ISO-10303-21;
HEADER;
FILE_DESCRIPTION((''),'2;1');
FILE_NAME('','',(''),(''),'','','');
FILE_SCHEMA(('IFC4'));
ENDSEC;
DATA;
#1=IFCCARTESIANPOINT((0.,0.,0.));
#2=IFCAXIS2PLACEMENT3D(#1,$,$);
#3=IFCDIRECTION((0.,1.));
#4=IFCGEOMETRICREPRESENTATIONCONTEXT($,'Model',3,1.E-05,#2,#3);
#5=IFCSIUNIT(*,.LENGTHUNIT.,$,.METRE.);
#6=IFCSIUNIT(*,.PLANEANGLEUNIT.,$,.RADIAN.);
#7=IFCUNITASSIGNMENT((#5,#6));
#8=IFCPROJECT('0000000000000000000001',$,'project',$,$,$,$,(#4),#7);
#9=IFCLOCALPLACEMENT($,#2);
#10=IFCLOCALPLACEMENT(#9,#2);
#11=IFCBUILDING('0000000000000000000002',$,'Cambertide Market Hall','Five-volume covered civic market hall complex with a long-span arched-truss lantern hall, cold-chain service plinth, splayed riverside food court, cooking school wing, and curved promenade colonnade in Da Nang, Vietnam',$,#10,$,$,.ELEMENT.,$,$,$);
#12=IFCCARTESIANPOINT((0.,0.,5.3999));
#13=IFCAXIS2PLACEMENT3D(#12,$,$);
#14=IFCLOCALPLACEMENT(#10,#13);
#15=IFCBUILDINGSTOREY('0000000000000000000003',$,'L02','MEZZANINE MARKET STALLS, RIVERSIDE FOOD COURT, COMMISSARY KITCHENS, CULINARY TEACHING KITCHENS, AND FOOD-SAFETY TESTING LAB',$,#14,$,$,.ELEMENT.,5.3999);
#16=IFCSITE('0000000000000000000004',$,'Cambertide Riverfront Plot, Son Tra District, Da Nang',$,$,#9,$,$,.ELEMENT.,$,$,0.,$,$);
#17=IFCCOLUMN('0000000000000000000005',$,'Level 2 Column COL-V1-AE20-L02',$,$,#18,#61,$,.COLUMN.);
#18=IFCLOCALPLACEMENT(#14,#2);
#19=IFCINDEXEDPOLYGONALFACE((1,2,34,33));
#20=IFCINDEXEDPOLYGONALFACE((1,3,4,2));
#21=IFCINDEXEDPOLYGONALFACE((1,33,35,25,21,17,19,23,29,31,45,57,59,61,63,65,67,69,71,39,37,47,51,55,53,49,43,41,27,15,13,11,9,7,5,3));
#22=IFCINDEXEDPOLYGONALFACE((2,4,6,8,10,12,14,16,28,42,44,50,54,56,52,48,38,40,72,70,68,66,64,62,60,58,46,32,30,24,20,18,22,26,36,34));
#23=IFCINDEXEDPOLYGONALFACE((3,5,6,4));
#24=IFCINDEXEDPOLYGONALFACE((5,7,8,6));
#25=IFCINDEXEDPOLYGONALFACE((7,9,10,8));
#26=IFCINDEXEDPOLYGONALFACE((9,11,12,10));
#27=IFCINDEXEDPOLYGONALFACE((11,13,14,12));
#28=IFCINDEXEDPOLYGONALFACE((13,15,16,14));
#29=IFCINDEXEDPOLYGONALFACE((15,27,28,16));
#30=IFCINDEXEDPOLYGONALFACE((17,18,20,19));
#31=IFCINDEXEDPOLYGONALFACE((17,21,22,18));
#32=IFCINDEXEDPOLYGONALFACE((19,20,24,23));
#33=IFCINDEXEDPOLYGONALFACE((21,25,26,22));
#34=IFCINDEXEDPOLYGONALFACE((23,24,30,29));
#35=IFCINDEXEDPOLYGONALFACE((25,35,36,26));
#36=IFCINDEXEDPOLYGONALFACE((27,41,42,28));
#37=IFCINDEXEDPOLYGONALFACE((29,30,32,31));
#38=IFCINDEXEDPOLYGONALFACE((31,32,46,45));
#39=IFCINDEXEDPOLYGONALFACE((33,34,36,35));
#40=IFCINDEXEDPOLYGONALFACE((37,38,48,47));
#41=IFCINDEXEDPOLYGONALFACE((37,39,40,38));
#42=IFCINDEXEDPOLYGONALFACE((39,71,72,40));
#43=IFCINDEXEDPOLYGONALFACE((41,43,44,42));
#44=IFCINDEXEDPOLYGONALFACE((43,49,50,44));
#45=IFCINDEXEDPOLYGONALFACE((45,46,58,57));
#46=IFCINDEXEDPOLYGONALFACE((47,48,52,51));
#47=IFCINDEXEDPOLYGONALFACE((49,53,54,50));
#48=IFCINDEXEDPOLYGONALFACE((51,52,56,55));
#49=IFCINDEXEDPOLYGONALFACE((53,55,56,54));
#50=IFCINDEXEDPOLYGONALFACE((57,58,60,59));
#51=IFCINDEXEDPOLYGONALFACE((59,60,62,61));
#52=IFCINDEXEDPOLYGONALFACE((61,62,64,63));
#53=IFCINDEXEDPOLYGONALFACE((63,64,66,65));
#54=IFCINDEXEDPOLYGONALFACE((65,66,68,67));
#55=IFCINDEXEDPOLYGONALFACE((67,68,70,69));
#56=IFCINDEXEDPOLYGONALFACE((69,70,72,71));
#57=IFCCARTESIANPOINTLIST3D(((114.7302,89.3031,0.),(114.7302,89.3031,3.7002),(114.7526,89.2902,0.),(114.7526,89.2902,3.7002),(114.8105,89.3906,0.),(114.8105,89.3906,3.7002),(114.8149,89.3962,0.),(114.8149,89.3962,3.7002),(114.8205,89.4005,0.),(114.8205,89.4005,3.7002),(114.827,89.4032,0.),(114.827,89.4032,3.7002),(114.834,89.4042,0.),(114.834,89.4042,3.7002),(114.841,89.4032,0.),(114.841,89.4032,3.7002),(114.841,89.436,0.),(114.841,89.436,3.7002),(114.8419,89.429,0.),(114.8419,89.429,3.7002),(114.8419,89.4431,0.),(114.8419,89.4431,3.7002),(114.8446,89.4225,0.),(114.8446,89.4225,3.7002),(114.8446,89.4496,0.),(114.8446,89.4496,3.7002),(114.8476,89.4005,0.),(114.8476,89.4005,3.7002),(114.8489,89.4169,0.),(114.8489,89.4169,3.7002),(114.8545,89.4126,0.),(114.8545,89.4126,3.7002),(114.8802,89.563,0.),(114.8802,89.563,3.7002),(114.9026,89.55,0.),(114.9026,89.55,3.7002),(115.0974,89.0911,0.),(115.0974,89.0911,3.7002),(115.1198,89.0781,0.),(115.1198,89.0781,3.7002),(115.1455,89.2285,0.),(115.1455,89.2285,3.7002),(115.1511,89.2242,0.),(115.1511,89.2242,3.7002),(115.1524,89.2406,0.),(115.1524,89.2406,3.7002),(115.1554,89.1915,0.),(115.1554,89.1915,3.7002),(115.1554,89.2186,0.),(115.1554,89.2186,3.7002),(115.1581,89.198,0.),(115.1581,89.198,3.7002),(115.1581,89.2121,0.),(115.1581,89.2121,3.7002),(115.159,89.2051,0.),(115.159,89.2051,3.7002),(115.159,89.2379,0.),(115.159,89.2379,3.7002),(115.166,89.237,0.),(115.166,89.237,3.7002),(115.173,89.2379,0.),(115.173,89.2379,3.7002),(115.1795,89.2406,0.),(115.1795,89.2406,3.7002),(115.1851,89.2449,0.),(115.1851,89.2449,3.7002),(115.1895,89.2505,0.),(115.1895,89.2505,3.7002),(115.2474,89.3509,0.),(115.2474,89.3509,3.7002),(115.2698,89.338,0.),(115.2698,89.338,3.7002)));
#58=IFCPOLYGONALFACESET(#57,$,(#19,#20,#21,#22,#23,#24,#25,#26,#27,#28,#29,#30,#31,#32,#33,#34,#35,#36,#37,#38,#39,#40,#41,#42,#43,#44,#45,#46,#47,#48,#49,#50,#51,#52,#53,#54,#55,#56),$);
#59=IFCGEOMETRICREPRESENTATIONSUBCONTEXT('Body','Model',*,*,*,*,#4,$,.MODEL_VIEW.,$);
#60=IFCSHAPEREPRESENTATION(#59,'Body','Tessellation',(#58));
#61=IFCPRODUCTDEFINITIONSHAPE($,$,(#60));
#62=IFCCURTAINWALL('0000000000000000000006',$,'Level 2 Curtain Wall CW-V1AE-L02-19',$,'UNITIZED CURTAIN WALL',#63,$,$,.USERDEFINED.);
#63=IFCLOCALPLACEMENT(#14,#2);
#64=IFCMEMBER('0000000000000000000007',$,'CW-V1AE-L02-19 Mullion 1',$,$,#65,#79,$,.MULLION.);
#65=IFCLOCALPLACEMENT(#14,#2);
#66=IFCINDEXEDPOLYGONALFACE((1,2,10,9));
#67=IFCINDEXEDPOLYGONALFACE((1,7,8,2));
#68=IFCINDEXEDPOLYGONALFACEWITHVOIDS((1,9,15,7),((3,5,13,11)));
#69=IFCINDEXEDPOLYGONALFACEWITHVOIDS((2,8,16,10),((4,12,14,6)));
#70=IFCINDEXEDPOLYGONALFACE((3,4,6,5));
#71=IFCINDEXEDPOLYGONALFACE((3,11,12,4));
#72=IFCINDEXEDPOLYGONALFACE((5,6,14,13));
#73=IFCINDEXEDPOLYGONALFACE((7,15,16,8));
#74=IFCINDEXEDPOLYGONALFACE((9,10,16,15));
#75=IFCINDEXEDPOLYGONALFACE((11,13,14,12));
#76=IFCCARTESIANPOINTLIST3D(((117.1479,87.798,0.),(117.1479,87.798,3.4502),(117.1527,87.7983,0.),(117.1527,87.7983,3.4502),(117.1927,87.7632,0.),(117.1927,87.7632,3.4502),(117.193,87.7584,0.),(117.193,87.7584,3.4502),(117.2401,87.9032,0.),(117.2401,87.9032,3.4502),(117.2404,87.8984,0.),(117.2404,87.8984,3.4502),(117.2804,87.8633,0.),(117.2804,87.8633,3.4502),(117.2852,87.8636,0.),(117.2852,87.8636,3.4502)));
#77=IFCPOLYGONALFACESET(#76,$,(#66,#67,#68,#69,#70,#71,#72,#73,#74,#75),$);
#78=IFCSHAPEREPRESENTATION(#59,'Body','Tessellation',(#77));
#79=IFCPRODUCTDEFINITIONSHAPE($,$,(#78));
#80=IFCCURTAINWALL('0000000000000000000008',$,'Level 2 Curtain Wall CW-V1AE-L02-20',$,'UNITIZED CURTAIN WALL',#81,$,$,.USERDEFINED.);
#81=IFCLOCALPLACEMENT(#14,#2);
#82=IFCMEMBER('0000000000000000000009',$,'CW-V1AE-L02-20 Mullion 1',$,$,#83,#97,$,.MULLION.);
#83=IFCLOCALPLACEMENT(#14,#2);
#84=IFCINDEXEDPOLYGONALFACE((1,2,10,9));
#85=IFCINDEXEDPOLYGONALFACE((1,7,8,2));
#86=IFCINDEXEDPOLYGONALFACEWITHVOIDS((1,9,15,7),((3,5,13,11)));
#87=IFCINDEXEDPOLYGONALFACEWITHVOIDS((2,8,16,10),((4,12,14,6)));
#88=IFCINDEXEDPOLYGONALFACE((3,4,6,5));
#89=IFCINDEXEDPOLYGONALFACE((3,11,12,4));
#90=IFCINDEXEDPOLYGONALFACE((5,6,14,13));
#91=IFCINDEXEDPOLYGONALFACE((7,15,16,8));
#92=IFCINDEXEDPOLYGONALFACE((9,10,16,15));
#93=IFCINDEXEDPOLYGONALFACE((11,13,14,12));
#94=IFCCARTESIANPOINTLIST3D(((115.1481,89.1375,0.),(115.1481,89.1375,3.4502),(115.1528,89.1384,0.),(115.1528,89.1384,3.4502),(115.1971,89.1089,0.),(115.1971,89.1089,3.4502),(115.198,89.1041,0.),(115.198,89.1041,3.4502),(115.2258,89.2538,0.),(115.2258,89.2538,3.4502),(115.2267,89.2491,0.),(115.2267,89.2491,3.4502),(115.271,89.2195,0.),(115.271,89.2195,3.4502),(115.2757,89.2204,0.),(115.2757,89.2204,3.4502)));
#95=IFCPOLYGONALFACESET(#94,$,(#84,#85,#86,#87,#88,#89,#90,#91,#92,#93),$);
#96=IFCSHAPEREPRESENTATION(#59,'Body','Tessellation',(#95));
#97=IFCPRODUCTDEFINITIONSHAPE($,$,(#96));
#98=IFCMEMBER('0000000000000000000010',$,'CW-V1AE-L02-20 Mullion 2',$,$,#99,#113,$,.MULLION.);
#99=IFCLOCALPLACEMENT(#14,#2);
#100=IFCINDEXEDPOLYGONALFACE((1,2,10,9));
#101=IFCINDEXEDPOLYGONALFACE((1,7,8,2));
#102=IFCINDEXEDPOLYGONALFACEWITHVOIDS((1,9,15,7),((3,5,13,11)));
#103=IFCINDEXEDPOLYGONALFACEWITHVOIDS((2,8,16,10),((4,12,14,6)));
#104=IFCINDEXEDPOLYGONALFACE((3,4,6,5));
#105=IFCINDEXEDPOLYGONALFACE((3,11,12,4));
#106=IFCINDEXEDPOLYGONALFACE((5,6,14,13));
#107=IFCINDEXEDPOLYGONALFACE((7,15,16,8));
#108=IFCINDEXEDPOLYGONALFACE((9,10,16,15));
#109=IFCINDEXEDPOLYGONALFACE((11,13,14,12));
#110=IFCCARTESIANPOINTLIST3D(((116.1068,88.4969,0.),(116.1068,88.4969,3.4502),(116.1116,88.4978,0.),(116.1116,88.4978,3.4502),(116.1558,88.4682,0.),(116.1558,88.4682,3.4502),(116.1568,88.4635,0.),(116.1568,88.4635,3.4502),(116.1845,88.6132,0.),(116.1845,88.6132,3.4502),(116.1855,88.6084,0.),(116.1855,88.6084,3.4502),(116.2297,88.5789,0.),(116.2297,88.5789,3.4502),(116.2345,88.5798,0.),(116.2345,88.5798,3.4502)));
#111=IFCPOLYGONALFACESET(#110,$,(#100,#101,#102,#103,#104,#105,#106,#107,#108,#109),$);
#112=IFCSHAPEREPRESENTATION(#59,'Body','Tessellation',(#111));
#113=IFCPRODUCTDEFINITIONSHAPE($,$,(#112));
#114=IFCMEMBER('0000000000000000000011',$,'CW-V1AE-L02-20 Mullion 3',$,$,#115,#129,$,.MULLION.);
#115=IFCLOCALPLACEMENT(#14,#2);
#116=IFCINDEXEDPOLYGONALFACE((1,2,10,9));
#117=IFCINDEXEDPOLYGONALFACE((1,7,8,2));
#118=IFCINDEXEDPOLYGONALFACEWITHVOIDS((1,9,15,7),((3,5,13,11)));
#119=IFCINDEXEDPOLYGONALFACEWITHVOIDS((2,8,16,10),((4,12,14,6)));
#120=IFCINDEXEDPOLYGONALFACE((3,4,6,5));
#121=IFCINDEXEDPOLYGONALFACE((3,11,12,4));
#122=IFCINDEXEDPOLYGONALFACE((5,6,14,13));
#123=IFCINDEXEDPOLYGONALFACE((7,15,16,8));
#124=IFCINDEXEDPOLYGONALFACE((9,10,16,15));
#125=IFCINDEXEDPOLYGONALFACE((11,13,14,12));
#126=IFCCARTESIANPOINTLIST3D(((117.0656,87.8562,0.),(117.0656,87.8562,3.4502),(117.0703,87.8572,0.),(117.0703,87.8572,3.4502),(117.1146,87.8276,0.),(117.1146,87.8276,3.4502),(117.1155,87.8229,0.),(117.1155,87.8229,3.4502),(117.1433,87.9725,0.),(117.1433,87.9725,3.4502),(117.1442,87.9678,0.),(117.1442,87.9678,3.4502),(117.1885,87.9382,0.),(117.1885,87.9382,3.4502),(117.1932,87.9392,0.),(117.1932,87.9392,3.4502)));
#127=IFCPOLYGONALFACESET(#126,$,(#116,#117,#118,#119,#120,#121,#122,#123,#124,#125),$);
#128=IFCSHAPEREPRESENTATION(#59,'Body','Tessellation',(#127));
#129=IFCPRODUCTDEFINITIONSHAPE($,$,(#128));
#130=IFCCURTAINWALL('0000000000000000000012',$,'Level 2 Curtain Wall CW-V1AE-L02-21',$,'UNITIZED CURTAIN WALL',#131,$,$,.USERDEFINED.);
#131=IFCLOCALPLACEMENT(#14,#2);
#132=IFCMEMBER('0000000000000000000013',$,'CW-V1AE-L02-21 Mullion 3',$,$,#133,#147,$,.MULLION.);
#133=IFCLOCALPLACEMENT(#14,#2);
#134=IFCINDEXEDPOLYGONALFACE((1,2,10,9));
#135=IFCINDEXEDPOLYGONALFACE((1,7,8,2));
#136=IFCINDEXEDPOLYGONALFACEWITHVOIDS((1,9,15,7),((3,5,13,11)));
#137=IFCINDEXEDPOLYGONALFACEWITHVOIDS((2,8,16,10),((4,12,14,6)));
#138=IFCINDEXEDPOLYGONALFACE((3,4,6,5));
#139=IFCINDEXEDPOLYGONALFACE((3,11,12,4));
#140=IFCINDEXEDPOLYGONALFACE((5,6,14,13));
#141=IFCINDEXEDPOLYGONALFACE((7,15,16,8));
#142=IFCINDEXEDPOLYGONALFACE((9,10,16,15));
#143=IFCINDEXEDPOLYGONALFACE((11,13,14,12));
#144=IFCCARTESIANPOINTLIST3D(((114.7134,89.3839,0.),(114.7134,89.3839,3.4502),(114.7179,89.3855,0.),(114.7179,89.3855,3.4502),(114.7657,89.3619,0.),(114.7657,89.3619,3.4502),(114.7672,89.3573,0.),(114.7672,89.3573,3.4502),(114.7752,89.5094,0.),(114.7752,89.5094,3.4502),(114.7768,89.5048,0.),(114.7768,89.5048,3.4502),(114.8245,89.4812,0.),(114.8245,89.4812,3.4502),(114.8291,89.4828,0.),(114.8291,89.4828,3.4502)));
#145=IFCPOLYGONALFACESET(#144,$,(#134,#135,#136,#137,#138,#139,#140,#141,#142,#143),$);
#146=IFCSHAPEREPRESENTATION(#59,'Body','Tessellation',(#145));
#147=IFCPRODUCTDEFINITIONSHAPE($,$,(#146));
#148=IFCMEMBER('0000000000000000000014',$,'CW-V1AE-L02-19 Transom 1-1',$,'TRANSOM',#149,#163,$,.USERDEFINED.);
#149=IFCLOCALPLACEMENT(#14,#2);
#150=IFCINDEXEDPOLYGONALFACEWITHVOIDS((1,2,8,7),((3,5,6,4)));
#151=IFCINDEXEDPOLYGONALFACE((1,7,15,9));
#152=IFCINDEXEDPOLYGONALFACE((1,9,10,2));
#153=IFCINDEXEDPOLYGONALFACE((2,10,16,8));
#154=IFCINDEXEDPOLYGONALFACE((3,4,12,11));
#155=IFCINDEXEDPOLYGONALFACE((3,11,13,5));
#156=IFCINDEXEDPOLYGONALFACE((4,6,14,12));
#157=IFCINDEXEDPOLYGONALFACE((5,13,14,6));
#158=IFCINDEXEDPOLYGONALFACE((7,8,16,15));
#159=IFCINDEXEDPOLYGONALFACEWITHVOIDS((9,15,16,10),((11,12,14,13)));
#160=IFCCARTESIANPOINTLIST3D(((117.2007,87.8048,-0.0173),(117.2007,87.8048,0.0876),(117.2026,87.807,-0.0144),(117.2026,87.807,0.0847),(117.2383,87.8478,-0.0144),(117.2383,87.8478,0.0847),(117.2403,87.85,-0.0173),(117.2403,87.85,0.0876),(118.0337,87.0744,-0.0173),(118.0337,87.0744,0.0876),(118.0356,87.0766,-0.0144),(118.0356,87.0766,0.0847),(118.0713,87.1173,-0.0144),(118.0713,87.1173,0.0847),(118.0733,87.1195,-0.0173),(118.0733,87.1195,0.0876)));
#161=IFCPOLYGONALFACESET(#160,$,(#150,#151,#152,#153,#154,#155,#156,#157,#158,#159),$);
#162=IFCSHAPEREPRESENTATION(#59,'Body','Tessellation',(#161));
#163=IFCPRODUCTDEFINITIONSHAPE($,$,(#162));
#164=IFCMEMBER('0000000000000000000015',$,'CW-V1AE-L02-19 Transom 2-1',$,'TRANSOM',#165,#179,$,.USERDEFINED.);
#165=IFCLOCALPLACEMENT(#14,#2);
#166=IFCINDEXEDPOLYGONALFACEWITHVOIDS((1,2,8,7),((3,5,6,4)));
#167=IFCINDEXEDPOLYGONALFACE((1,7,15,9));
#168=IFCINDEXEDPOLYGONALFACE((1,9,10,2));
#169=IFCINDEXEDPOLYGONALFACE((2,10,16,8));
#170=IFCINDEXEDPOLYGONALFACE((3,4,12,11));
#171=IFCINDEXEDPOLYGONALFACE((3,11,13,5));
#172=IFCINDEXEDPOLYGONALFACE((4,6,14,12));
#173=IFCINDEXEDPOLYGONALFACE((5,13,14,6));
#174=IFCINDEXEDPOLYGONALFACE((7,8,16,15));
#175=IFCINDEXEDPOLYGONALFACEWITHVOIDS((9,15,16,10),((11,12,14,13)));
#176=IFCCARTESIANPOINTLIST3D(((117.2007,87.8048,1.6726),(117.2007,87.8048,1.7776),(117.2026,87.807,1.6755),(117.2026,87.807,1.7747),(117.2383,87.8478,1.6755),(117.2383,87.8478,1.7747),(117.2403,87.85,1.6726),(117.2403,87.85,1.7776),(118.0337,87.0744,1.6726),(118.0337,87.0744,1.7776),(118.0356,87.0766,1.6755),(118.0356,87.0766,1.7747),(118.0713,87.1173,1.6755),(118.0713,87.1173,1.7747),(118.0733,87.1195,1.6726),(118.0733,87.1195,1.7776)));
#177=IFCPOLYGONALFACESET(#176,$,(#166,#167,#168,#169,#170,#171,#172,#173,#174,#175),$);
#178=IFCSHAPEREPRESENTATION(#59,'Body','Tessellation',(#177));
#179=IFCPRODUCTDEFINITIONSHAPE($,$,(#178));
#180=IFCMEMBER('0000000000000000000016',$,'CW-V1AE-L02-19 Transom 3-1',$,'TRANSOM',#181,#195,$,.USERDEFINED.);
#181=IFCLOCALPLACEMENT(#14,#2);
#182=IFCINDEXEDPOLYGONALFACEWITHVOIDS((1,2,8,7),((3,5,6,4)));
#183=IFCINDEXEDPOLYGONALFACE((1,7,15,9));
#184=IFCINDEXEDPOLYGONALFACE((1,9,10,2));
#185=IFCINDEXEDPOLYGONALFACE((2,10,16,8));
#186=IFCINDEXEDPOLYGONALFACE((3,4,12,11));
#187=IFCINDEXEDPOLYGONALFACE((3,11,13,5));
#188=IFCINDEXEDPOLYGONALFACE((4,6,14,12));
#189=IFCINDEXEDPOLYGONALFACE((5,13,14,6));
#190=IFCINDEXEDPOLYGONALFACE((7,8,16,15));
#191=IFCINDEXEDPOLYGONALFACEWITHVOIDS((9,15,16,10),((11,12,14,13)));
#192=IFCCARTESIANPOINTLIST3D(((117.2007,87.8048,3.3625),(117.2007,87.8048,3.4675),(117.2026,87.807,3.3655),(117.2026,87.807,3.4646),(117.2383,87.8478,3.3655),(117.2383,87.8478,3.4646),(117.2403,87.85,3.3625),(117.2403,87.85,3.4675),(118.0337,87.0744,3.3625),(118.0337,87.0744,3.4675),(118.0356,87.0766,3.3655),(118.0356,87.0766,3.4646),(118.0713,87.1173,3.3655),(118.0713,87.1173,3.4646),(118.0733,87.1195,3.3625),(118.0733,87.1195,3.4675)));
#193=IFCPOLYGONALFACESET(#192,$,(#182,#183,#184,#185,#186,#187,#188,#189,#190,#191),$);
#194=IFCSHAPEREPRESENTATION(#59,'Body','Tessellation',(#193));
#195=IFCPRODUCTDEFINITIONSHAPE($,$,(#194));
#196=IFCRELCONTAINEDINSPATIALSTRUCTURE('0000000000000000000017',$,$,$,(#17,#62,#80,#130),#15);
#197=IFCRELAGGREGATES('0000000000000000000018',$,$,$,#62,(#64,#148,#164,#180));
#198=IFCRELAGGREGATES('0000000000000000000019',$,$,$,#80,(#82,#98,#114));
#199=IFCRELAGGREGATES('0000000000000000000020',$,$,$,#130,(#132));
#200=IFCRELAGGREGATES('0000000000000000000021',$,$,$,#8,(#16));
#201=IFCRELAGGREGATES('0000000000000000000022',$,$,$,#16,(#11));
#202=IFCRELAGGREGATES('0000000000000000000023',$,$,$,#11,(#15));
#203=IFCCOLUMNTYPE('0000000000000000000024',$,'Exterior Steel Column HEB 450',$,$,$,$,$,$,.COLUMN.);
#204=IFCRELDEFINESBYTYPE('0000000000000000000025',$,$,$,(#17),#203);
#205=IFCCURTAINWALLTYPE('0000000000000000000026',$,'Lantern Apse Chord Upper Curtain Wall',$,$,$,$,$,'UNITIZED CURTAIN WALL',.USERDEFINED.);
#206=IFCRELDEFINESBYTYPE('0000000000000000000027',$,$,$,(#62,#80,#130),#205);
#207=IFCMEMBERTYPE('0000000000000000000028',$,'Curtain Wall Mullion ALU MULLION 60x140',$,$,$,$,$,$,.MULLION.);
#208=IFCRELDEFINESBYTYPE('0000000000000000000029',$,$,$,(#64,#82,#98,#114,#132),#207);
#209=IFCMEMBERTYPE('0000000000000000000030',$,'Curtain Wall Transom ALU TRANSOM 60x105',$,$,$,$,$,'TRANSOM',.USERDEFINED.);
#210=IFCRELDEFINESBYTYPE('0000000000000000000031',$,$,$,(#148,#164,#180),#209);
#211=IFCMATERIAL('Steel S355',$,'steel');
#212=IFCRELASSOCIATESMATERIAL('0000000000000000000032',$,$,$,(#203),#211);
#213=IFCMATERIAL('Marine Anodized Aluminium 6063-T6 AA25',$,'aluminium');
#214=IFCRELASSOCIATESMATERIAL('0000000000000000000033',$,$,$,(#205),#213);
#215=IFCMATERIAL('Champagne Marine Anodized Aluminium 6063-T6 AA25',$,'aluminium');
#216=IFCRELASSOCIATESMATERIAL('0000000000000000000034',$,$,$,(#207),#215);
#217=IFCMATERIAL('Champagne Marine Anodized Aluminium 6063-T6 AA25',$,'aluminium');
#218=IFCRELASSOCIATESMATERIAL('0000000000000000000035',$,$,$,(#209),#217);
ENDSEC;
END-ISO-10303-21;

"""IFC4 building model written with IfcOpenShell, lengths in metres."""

from ifc_helpers import new_model, si_unit, direction, frame, origin, origin_2d, place, context, subcontext, project, spatial, hollow_rectangle, i_section, extrude, material, material_profile, profile_set, type_object, element, aggregate, save


model = new_model("IFC4")

# Units and contexts
model_context = context("Model", 3, precision=1e-05, world=origin(), true_north=direction((0.0, 1.0)))
body_context = subcontext(model_context, "Body", "Model", "MODEL_VIEW")
ifc_project = project(units=[si_unit("LENGTHUNIT", "METRE"), si_unit("PLANEANGLEUNIT", "RADIAN")], contexts=[model_context])

# Site, building, storey
site_placement = place(None, origin())
site = spatial("IfcSite", under=ifc_project, at=site_placement, Name="Cambertide Riverfront Plot, Son Tra District, Da Nang", CompositionType="ELEMENT", RefElevation=0.0)
building_placement = place(site_placement, origin())
building = spatial("IfcBuilding", under=site, at=building_placement, Name="Cambertide Market Hall", Description="Five-volume covered civic market hall complex with a long-span arched-truss lantern hall, cold-chain service plinth, splayed riverside food court, cooking school wing, and curved promenade colonnade in Da Nang, Vietnam", CompositionType="ELEMENT")
storey_placement = place(building_placement, frame((0.0, 0.0, 5.3999)))
storey = spatial("IfcBuildingStorey", under=building, at=storey_placement, Name="L02", Description="MEZZANINE MARKET STALLS, RIVERSIDE FOOD COURT, COMMISSARY KITCHENS, CULINARY TEACHING KITCHENS, AND FOOD-SAFETY TESTING LAB", CompositionType="ELEMENT", Elevation=5.3999)

# Column
ifc_material_1 = material(Name="Steel S355", Category="steel")
ifc_material_profile_1 = material_profile(ifc_material_1, i_section(OverallWidth=0.3, OverallDepth=0.45, WebThickness=0.0139, FlangeThickness=0.0259, FilletRadius=0.0271, at=origin_2d()), Name="HEB 450")
ifc_profile_set_1 = profile_set([ifc_material_profile_1], Name="Steel S355")
column_type = type_object("IfcColumnType", Name="Exterior Steel Column HEB 450", PredefinedType="COLUMN", material=ifc_profile_set_1)
column_placement = place(storey_placement, frame((115.0, 89.3206, 0.0), z_axis=(0.0, 0.0, 1.0), x_axis=(0.5, 0.866025, 0.0)))
element("IfcColumn", 1, at=column_placement, inside=storey, type_object=column_type, Name="Level 2 Column COL-V1-AE20-L02", PredefinedType="COLUMN", context=body_context, shape_type="SweptSolid", body=[
    extrude(i_section(OverallWidth=0.3, OverallDepth=0.45, WebThickness=0.0139, FlangeThickness=0.0259, FilletRadius=0.0271, at=origin_2d()), origin(), (0.0, 0.0, 1.0), 3.7002),
])

# Curtain wall, member
ifc_material_2 = material(Name="Marine Anodized Aluminium 6063-T6 AA25", Category="aluminium")
curtain_wall_type = type_object("IfcCurtainWallType", Name="Lantern Apse Chord Upper Curtain Wall", ElementType="UNITIZED CURTAIN WALL", PredefinedType="USERDEFINED", material=ifc_material_2)
curtain_wall_1_placement = place(storey_placement, origin())
curtain_wall_1 = element("IfcCurtainWall", 2, at=curtain_wall_1_placement, inside=storey, type_object=curtain_wall_type, Name="Level 2 Curtain Wall CW-V1AE-L02-19", ObjectType="UNITIZED CURTAIN WALL", PredefinedType="USERDEFINED")
ifc_material_3 = material(Name="Champagne Marine Anodized Aluminium 6063-T6 AA25", Category="aluminium")
ifc_material_profile_2 = material_profile(ifc_material_3, hollow_rectangle(XDim=0.0601, YDim=0.1399, WallThickness=0.0034, at=origin_2d()), Name="ALU MULLION 60x140")
ifc_profile_set_2 = profile_set([ifc_material_profile_2], Name="Champagne Marine Anodized Aluminium 6063-T6 AA25")
member_type_1 = type_object("IfcMemberType", Name="Curtain Wall Mullion ALU MULLION 60x140", PredefinedType="MULLION", material=ifc_profile_set_2)
member_1_placement = place(storey_placement, frame((117.2166, 87.8308, 0.0), z_axis=(0.0, 0.0, 1.0), x_axis=(0.75184, -0.659346, 0.0)))
member_1 = element("IfcMember", 3, at=member_1_placement, type_object=member_type_1, Name="CW-V1AE-L02-19 Mullion 1", PredefinedType="MULLION", context=body_context, shape_type="SweptSolid", body=[
    extrude(hollow_rectangle(XDim=0.0601, YDim=0.1399, WallThickness=0.0034, at=origin_2d()), origin(), (0.0, 0.0, 1.0), 3.4502),
])

# Curtain wall, members
curtain_wall_2_placement = place(storey_placement, origin())
curtain_wall_2 = element("IfcCurtainWall", 4, at=curtain_wall_2_placement, inside=storey, type_object=curtain_wall_type, Name="Level 2 Curtain Wall CW-V1AE-L02-20", ObjectType="UNITIZED CURTAIN WALL", PredefinedType="USERDEFINED")
member_2_placement = place(storey_placement, frame((115.2119, 89.179, 0.0), z_axis=(0.0, 0.0, 1.0), x_axis=(0.83147, -0.55557, 0.0)))
member_2 = element("IfcMember", 5, at=member_2_placement, type_object=member_type_1, Name="CW-V1AE-L02-20 Mullion 1", PredefinedType="MULLION", context=body_context, shape_type="SweptSolid", body=[
    extrude(hollow_rectangle(XDim=0.0601, YDim=0.1399, WallThickness=0.0034, at=origin_2d()), origin(), (0.0, 0.0, 1.0), 3.4502),
])
member_3_placement = place(storey_placement, frame((116.1707, 88.5383, 0.0), z_axis=(0.0, 0.0, 1.0), x_axis=(0.83147, -0.55557, 0.0)))
member_3 = element("IfcMember", 6, at=member_3_placement, type_object=member_type_1, Name="CW-V1AE-L02-20 Mullion 2", PredefinedType="MULLION", context=body_context, shape_type="SweptSolid", body=[
    extrude(hollow_rectangle(XDim=0.0601, YDim=0.1399, WallThickness=0.0034, at=origin_2d()), origin(), (0.0, 0.0, 1.0), 3.4502),
])
member_4_placement = place(storey_placement, frame((117.1294, 87.8977, 0.0), z_axis=(0.0, 0.0, 1.0), x_axis=(0.83147, -0.55557, 0.0)))
member_4 = element("IfcMember", 7, at=member_4_placement, type_object=member_type_1, Name="CW-V1AE-L02-20 Mullion 3", PredefinedType="MULLION", context=body_context, shape_type="SweptSolid", body=[
    extrude(hollow_rectangle(XDim=0.0601, YDim=0.1399, WallThickness=0.0034, at=origin_2d()), origin(), (0.0, 0.0, 1.0), 3.4502),
])

# Curtain wall, member
curtain_wall_3_placement = place(storey_placement, origin())
curtain_wall_3 = element("IfcCurtainWall", 8, at=curtain_wall_3_placement, inside=storey, type_object=curtain_wall_type, Name="Level 2 Curtain Wall CW-V1AE-L02-21", ObjectType="UNITIZED CURTAIN WALL", PredefinedType="USERDEFINED")
member_5_placement = place(storey_placement, frame((114.7712, 89.4333, 0.0), z_axis=(0.0, 0.0, 1.0), x_axis=(0.896873, -0.442289, 0.0)))
member_5 = element("IfcMember", 9, at=member_5_placement, type_object=member_type_1, Name="CW-V1AE-L02-21 Mullion 3", PredefinedType="MULLION", context=body_context, shape_type="SweptSolid", body=[
    extrude(hollow_rectangle(XDim=0.0601, YDim=0.1399, WallThickness=0.0034, at=origin_2d()), origin(), (0.0, 0.0, 1.0), 3.4502),
])

# Members
ifc_material_4 = material(Name="Champagne Marine Anodized Aluminium 6063-T6 AA25", Category="aluminium")
ifc_material_profile_3 = material_profile(ifc_material_4, hollow_rectangle(XDim=0.0601, YDim=0.105, WallThickness=0.0029, at=origin_2d()), Name="ALU TRANSOM 60x105")
ifc_profile_set_3 = profile_set([ifc_material_profile_3], Name="Champagne Marine Anodized Aluminium 6063-T6 AA25")
member_type_2 = type_object("IfcMemberType", Name="Curtain Wall Transom ALU TRANSOM 60x105", ElementType="TRANSOM", PredefinedType="USERDEFINED", material=ifc_profile_set_3)
member_6_placement = place(storey_placement, frame((117.2205, 87.8274, 0.0352), z_axis=(0.751866, -0.659315, 0.0), x_axis=(0.659315, 0.751866, 0.0)))
member_6 = element("IfcMember", 10, at=member_6_placement, type_object=member_type_2, Name="CW-V1AE-L02-19 Transom 1-1", ObjectType="TRANSOM", PredefinedType="USERDEFINED", context=body_context, shape_type="SweptSolid", body=[
    extrude(hollow_rectangle(XDim=0.0601, YDim=0.105, WallThickness=0.0029, at=origin_2d()), origin(), (0.0, 0.0, 1.0), 1.1079),
])
member_7_placement = place(storey_placement, frame((117.2205, 87.8274, 1.7251), z_axis=(0.751866, -0.659315, 0.0), x_axis=(0.659315, 0.751866, 0.0)))
member_7 = element("IfcMember", 11, at=member_7_placement, type_object=member_type_2, Name="CW-V1AE-L02-19 Transom 2-1", ObjectType="TRANSOM", PredefinedType="USERDEFINED", context=body_context, shape_type="SweptSolid", body=[
    extrude(hollow_rectangle(XDim=0.0601, YDim=0.105, WallThickness=0.0029, at=origin_2d()), origin(), (0.0, 0.0, 1.0), 1.1079),
])
member_8_placement = place(storey_placement, frame((117.2205, 87.8274, 3.415), z_axis=(0.751866, -0.659315, 0.0), x_axis=(0.659315, 0.751866, 0.0)))
member_8 = element("IfcMember", 12, at=member_8_placement, type_object=member_type_2, Name="CW-V1AE-L02-19 Transom 3-1", ObjectType="TRANSOM", PredefinedType="USERDEFINED", context=body_context, shape_type="SweptSolid", body=[
    extrude(hollow_rectangle(XDim=0.0601, YDim=0.105, WallThickness=0.0029, at=origin_2d()), origin(), (0.0, 0.0, 1.0), 1.1079),
])

aggregate(curtain_wall_1, [member_1, member_6, member_7, member_8])
aggregate(curtain_wall_2, [member_2, member_3, member_4])
aggregate(curtain_wall_3, [member_5])

save(model, "model.ifc")
